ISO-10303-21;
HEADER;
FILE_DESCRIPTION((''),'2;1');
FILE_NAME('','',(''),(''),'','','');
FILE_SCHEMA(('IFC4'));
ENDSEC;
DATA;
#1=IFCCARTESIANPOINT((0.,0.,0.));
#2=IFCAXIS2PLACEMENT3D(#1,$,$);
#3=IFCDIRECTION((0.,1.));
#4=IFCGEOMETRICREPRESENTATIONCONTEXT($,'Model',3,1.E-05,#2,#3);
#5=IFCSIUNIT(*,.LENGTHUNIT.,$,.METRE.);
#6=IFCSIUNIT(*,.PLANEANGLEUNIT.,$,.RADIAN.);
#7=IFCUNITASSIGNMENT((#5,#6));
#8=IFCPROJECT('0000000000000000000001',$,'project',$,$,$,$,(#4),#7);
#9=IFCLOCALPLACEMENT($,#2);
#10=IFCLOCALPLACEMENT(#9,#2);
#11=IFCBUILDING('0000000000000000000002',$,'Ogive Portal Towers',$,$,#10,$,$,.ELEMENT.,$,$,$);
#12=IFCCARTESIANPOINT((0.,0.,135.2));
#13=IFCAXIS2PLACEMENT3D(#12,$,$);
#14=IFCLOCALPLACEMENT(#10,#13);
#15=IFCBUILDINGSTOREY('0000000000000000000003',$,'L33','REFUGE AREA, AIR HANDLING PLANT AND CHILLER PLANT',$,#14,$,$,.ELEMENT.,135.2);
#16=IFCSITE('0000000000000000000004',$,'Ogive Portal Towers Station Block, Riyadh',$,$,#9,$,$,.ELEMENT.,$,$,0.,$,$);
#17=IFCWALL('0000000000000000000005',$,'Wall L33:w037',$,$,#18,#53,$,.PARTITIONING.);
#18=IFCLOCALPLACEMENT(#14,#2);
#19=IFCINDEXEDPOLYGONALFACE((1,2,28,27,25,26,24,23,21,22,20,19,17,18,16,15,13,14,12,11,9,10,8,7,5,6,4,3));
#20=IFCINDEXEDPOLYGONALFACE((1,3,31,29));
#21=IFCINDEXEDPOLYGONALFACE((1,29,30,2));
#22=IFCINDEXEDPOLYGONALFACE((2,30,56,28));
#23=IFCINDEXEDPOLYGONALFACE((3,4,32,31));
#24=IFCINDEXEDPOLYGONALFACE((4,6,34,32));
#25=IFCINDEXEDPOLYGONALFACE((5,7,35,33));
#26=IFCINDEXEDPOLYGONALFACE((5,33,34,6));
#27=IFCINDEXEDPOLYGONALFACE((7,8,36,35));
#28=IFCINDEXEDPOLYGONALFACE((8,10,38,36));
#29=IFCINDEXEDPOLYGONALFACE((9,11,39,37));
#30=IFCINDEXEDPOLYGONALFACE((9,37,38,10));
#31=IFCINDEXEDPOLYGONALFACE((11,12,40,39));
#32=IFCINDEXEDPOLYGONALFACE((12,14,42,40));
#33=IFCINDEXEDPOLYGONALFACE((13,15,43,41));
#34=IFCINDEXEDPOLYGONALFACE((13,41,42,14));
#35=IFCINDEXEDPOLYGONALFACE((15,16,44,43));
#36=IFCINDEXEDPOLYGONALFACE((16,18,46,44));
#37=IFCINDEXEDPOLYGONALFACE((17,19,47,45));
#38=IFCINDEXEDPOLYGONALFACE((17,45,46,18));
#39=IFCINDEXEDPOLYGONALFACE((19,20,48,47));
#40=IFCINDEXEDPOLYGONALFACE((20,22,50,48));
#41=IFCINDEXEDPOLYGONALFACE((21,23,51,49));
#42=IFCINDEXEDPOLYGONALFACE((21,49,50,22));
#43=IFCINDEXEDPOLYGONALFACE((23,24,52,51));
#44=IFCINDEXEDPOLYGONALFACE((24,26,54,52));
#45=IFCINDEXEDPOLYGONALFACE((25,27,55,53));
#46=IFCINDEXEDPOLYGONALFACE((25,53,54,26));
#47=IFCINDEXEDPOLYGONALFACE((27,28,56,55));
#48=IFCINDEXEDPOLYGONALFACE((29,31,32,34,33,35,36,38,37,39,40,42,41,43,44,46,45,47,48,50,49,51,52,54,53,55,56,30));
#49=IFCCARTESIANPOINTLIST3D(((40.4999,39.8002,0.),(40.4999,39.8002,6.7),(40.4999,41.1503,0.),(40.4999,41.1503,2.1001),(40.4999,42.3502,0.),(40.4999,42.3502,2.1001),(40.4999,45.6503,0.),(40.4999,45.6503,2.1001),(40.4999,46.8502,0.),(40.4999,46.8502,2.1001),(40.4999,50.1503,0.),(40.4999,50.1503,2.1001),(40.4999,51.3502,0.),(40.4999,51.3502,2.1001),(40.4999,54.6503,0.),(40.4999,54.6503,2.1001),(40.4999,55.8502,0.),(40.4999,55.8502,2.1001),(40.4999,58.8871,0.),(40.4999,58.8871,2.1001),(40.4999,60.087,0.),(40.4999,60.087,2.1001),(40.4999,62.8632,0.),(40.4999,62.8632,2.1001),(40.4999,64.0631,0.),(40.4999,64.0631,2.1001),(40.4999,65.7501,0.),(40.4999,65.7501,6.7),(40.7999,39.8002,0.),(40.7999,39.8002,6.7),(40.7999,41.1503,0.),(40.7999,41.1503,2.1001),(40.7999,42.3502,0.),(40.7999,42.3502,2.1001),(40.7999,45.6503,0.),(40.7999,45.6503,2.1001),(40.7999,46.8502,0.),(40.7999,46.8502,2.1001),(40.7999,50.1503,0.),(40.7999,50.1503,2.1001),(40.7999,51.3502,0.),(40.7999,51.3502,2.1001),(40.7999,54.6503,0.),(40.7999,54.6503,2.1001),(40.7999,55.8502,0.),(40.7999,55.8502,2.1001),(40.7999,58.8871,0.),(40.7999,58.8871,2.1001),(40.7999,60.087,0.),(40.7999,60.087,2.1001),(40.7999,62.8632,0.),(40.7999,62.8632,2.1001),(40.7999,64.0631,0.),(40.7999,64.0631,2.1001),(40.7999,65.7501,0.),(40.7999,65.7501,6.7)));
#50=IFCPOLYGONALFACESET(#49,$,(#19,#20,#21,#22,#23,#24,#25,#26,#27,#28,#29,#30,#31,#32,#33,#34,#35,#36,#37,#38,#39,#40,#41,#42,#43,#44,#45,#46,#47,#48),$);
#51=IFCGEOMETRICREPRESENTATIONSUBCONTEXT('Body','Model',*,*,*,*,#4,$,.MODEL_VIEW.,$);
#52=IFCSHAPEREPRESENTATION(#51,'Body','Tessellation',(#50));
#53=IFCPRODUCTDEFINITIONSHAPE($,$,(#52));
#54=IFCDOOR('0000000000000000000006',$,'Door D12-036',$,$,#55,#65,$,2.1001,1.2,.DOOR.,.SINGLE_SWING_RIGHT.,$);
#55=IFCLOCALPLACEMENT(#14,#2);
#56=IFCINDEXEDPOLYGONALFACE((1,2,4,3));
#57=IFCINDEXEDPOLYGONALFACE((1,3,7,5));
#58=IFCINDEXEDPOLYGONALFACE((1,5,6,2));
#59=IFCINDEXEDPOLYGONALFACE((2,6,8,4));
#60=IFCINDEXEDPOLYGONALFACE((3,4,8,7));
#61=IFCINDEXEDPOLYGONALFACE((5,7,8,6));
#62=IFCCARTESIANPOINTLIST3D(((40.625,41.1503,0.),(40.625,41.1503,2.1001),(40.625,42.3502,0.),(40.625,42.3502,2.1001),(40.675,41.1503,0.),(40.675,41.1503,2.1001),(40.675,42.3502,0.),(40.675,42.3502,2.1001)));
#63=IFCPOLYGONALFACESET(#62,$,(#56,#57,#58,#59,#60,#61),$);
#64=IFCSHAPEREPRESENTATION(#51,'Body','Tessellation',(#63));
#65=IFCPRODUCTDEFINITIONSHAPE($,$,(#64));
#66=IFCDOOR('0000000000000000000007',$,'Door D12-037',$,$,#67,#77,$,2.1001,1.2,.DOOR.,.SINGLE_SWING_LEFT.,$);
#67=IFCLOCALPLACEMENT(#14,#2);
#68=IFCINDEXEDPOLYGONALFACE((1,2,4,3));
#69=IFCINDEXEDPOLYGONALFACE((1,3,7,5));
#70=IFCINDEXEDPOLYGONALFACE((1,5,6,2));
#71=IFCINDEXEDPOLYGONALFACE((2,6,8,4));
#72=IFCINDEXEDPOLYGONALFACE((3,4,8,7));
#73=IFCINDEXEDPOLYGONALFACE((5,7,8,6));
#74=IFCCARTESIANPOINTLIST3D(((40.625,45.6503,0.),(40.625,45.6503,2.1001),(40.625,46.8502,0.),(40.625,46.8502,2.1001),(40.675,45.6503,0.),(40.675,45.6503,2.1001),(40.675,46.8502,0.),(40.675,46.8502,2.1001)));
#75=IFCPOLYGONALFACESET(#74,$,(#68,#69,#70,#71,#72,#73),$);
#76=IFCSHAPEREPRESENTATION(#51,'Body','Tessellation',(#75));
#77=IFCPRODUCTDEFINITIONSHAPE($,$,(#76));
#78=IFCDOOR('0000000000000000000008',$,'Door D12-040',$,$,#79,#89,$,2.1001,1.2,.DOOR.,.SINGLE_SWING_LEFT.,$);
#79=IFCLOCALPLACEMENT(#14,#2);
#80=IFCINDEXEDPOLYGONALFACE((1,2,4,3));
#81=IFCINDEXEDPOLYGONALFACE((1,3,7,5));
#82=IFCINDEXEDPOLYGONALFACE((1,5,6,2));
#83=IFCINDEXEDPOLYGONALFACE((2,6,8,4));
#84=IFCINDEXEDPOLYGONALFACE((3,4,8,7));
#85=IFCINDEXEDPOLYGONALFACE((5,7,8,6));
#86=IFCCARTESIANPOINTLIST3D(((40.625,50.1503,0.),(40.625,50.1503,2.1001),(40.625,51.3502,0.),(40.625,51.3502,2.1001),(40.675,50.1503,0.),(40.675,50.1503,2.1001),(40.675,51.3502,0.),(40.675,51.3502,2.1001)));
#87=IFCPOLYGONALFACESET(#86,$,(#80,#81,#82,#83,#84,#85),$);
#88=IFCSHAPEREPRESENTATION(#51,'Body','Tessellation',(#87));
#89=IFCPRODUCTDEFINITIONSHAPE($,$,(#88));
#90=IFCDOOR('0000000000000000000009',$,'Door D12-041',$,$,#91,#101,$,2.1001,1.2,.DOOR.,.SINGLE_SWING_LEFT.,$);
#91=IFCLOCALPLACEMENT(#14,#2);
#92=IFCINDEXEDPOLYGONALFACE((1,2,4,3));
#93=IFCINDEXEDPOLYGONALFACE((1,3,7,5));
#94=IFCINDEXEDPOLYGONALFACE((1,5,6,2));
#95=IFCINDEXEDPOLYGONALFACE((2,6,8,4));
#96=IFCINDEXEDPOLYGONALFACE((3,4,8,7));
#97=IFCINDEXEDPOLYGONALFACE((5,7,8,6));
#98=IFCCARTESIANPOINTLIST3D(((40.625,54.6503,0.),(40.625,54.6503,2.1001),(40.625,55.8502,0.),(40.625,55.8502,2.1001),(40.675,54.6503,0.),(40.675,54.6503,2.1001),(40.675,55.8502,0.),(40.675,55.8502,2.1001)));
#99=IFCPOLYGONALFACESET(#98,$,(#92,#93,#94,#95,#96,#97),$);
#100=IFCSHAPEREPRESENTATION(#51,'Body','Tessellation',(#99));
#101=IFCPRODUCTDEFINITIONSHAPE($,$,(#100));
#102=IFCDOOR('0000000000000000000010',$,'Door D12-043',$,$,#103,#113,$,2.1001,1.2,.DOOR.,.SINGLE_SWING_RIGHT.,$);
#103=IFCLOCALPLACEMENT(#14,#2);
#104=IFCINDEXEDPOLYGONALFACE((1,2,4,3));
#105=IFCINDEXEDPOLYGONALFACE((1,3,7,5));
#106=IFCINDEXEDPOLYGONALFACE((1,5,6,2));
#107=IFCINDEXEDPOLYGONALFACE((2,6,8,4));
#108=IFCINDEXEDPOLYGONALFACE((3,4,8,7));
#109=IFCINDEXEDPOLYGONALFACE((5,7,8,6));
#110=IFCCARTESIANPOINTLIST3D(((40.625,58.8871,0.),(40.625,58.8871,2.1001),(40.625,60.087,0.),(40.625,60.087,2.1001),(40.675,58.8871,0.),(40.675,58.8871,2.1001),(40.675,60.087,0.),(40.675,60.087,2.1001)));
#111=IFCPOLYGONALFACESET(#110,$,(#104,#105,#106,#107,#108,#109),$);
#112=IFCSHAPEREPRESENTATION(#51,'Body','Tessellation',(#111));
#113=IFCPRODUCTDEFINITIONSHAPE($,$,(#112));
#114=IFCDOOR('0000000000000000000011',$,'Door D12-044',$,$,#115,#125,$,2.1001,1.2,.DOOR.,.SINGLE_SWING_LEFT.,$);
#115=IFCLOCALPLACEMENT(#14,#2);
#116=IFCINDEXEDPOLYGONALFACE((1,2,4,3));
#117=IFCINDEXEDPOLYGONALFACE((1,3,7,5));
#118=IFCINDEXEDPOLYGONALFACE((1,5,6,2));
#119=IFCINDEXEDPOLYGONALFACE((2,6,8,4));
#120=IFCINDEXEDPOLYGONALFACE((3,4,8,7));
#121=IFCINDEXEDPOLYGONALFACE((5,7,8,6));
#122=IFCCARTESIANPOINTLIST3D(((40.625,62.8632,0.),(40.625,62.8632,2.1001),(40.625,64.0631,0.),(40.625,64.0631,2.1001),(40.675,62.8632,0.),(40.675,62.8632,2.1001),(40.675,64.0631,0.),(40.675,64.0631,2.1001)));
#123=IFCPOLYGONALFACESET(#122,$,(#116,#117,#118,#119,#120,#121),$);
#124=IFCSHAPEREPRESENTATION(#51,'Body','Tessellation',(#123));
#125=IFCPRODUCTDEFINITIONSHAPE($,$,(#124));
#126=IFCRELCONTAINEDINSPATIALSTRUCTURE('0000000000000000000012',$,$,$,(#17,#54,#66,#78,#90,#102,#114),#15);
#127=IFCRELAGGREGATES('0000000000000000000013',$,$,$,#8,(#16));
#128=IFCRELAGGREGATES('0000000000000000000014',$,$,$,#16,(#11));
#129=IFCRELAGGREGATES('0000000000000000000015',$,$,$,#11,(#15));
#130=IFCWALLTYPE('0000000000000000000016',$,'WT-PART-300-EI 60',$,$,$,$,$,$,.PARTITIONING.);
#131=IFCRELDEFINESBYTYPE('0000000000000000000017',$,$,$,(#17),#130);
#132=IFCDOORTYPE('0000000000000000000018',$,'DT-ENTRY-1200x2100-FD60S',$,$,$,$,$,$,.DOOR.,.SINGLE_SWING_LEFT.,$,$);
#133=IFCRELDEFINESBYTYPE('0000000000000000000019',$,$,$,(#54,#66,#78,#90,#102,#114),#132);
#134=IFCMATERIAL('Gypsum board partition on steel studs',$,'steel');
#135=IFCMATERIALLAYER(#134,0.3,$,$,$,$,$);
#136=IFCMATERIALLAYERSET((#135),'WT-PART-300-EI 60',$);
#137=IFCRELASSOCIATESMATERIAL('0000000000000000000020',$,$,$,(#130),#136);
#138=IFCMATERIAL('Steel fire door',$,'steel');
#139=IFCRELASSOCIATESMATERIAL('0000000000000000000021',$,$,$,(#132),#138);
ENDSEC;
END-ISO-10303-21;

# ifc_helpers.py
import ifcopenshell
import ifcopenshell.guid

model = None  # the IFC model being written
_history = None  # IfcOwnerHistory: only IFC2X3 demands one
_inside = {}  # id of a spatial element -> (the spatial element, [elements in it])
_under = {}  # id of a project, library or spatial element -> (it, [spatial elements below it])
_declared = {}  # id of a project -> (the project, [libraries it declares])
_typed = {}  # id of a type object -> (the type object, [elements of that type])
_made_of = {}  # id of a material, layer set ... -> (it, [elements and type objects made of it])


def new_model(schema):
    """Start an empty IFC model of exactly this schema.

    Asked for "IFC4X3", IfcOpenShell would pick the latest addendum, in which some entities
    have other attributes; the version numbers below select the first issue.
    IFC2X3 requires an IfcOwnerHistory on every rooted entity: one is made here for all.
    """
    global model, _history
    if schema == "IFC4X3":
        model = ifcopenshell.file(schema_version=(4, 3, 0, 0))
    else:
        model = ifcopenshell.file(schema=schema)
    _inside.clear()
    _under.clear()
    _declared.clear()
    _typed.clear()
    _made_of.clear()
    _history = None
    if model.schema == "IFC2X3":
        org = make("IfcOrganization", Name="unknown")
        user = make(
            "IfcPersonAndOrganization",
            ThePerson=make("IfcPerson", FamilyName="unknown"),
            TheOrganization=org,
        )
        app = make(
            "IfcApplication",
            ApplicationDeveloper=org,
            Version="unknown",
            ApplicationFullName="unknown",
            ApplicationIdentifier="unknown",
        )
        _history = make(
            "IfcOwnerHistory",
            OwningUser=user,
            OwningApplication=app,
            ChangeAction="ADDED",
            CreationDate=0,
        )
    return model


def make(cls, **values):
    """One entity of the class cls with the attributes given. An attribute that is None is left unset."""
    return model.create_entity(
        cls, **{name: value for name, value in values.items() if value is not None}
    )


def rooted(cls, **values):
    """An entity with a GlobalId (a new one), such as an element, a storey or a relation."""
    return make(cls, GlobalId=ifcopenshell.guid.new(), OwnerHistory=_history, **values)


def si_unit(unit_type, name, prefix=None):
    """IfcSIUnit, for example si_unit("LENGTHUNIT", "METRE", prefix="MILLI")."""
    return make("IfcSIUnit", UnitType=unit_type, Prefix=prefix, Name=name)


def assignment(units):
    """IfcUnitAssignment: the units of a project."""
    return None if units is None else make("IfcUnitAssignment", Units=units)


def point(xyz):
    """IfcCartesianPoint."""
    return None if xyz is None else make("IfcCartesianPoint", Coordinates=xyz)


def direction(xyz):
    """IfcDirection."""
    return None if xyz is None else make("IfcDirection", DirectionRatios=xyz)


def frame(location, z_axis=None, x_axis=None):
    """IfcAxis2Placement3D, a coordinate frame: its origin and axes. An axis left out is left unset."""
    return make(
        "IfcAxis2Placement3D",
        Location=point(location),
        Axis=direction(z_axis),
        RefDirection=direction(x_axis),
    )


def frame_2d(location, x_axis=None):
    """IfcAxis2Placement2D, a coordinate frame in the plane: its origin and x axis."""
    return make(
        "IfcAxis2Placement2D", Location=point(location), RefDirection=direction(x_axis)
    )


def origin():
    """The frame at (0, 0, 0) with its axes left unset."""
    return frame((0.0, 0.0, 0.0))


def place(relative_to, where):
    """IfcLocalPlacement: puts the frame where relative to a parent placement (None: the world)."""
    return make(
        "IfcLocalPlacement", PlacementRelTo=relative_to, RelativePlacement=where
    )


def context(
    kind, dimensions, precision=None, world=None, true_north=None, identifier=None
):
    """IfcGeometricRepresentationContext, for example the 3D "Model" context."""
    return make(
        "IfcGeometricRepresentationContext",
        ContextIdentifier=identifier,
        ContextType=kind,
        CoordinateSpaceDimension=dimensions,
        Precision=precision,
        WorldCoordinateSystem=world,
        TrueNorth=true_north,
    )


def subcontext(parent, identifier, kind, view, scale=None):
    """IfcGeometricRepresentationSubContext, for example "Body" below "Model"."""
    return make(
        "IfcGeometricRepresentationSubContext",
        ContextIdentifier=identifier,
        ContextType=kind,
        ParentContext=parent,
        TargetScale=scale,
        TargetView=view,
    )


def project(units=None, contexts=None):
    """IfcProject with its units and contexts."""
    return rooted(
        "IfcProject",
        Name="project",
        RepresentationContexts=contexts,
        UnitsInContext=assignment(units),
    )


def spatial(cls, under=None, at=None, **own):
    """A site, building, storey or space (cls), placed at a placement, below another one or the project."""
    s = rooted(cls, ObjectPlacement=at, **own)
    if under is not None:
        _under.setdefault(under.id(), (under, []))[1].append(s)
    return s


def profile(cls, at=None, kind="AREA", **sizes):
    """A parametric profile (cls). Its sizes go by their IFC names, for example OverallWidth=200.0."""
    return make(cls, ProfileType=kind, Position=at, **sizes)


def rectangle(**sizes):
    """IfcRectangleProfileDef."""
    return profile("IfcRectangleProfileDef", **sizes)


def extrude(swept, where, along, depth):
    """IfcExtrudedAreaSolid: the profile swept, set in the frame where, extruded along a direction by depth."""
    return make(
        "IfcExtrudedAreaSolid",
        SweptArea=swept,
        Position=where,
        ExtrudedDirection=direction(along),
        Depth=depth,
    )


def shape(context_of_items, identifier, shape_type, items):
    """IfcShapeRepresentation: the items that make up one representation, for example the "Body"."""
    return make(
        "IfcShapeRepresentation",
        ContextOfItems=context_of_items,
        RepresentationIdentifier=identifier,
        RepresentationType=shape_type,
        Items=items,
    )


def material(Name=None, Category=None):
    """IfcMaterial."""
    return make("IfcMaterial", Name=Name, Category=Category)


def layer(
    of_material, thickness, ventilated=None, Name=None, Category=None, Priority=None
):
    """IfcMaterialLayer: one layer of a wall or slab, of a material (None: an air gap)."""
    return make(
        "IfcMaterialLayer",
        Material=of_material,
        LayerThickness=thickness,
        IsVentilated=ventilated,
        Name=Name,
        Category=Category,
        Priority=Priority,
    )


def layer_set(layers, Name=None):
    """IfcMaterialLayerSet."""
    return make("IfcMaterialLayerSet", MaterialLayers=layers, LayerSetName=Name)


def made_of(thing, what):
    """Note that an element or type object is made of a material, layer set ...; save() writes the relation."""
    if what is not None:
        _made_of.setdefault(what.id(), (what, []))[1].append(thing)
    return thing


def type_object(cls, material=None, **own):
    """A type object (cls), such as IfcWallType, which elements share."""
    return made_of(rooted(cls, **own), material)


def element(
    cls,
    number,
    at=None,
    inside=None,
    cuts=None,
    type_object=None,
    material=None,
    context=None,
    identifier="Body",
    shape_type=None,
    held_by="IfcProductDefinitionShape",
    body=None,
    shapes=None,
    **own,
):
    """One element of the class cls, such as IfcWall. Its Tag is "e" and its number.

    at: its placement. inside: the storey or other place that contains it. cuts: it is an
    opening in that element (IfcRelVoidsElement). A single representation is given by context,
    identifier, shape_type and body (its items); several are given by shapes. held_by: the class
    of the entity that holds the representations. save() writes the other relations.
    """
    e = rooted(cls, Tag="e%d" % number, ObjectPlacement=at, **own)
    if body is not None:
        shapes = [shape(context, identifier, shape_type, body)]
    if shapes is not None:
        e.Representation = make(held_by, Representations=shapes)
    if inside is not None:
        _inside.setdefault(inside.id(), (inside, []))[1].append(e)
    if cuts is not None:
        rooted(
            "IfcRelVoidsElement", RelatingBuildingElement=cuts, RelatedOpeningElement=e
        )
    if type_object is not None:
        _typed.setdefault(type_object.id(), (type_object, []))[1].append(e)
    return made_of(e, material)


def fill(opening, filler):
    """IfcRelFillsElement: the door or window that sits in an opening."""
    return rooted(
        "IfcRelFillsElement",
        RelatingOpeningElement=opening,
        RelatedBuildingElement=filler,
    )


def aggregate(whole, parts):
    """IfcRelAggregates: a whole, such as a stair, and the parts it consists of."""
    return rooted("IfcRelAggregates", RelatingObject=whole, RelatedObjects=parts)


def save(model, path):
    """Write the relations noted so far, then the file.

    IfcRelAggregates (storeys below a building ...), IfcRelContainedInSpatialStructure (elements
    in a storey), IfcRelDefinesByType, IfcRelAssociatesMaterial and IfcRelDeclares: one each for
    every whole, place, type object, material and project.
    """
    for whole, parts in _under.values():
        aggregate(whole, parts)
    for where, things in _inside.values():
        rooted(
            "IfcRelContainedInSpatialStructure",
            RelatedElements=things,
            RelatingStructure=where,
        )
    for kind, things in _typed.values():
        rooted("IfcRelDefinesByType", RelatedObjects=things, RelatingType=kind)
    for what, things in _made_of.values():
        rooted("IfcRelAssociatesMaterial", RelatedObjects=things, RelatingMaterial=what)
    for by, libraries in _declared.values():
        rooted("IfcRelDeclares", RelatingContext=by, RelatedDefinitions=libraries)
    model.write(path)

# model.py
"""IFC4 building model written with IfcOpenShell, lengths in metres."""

from ifc_helpers import new_model, si_unit, direction, frame, frame_2d, origin, place, context, subcontext, project, spatial, rectangle, extrude, material, layer, layer_set, type_object, element, fill, save


model = new_model("IFC4")

# Units and contexts
model_context = context("Model", 3, precision=1e-05, world=origin(), true_north=direction((0.0, 1.0)))
body_context = subcontext(model_context, "Body", "Model", "MODEL_VIEW")
ifc_project = project(units=[si_unit("LENGTHUNIT", "METRE"), si_unit("PLANEANGLEUNIT", "RADIAN")], contexts=[model_context])

# Site, building, storey
site_placement = place(None, origin())
site = spatial("IfcSite", under=ifc_project, at=site_placement, Name="Ogive Portal Towers Station Block, Riyadh", CompositionType="ELEMENT", RefElevation=0.0)
building_placement = place(site_placement, origin())
building = spatial("IfcBuilding", under=site, at=building_placement, Name="Ogive Portal Towers", CompositionType="ELEMENT")
storey_placement = place(building_placement, frame((0.0, 0.0, 135.2)))
storey = spatial("IfcBuildingStorey", under=building, at=storey_placement, Name="L33", Description="REFUGE AREA, AIR HANDLING PLANT AND CHILLER PLANT", CompositionType="ELEMENT", Elevation=135.2)

# Wall, openings, doors
ifc_material_1 = material(Name="Gypsum board partition on steel studs", Category="steel")
ifc_layer_1 = layer(ifc_material_1, 0.3)
ifc_layer_set_1 = layer_set([ifc_layer_1], Name="WT-PART-300-EI 60")
wall_type_1 = type_object("IfcWallType", Name="WT-PART-300-EI 60", PredefinedType="PARTITIONING", material=ifc_layer_set_1)
wall_1_placement = place(storey_placement, frame((40.6499, 39.8, 0.0), z_axis=(0.0, 0.0, 1.0), x_axis=(0.0, 1.0, 0.0)))
wall_1 = element("IfcWall", 1, at=wall_1_placement, inside=storey, type_object=wall_type_1, Name="Wall L33:w037", PredefinedType="PARTITIONING", context=body_context, shape_type="SweptSolid", body=[
    extrude(rectangle(XDim=25.95, YDim=0.3, at=frame_2d((12.9751, 0.0))), origin(), (0.0, 0.0, 1.0), 6.7),
])
opening_1_placement = place(wall_1_placement, frame((1.3501, 0.0, 0.0)))
opening_1 = element("IfcOpeningElement", 2, at=opening_1_placement, cuts=wall_1, PredefinedType="OPENING", context=body_context, shape_type="SweptSolid", body=[
    extrude(rectangle(XDim=1.2, YDim=2.1001, at=frame_2d((0.6001, 1.05))), frame((0.0, 0.1602, 0.0), z_axis=(0.0, -1.0, 0.0), x_axis=(1.0, 0.0, 0.0)), (0.0, 0.0, 1.0), 0.3201),
])
opening_2_placement = place(wall_1_placement, frame((5.8501, 0.0, 0.0)))
opening_2 = element("IfcOpeningElement", 3, at=opening_2_placement, cuts=wall_1, PredefinedType="OPENING", context=body_context, shape_type="SweptSolid", body=[
    extrude(rectangle(XDim=1.2, YDim=2.1001, at=frame_2d((0.6001, 1.05))), frame((0.0, 0.1602, 0.0), z_axis=(0.0, -1.0, 0.0), x_axis=(1.0, 0.0, 0.0)), (0.0, 0.0, 1.0), 0.3201),
])
opening_3_placement = place(wall_1_placement, frame((10.3501, 0.0, 0.0)))
opening_3 = element("IfcOpeningElement", 4, at=opening_3_placement, cuts=wall_1, PredefinedType="OPENING", context=body_context, shape_type="SweptSolid", body=[
    extrude(rectangle(XDim=1.2, YDim=2.1001, at=frame_2d((0.6001, 1.05))), frame((0.0, 0.1602, 0.0), z_axis=(0.0, -1.0, 0.0), x_axis=(1.0, 0.0, 0.0)), (0.0, 0.0, 1.0), 0.3201),
])
opening_4_placement = place(wall_1_placement, frame((14.8501, 0.0, 0.0)))
opening_4 = element("IfcOpeningElement", 5, at=opening_4_placement, cuts=wall_1, PredefinedType="OPENING", context=body_context, shape_type="SweptSolid", body=[
    extrude(rectangle(XDim=1.2, YDim=2.1001, at=frame_2d((0.6001, 1.05))), frame((0.0, 0.1602, 0.0), z_axis=(0.0, -1.0, 0.0), x_axis=(1.0, 0.0, 0.0)), (0.0, 0.0, 1.0), 0.3201),
])
opening_5_placement = place(wall_1_placement, frame((19.0869, 0.0, 0.0)))
opening_5 = element("IfcOpeningElement", 6, at=opening_5_placement, cuts=wall_1, PredefinedType="OPENING", context=body_context, shape_type="SweptSolid", body=[
    extrude(rectangle(XDim=1.2, YDim=2.1001, at=frame_2d((0.6001, 1.05))), frame((0.0, 0.1602, 0.0), z_axis=(0.0, -1.0, 0.0), x_axis=(1.0, 0.0, 0.0)), (0.0, 0.0, 1.0), 0.3201),
])
opening_6_placement = place(wall_1_placement, frame((23.063, 0.0, 0.0)))
opening_6 = element("IfcOpeningElement", 7, at=opening_6_placement, cuts=wall_1, PredefinedType="OPENING", context=body_context, shape_type="SweptSolid", body=[
    extrude(rectangle(XDim=1.2, YDim=2.1001, at=frame_2d((0.6001, 1.05))), frame((0.0, 0.1602, 0.0), z_axis=(0.0, -1.0, 0.0), x_axis=(1.0, 0.0, 0.0)), (0.0, 0.0, 1.0), 0.3201),
])
ifc_material_2 = material(Name="Steel fire door", Category="steel")
door_type_1 = type_object("IfcDoorType", Name="DT-ENTRY-1200x2100-FD60S", OperationType="SINGLE_SWING_LEFT", PredefinedType="DOOR", material=ifc_material_2)
door_1_placement = place(opening_1_placement, origin())
door_1 = element("IfcDoor", 8, at=door_1_placement, inside=storey, type_object=door_type_1, Name="Door D12-036", OperationType="SINGLE_SWING_RIGHT", OverallHeight=2.1001, OverallWidth=1.2, PredefinedType="DOOR", context=body_context, shape_type="SweptSolid", body=[
    extrude(rectangle(XDim=1.2, YDim=2.1001, at=frame_2d((0.6001, 1.05))), frame((0.0, 0.0249, 0.0), z_axis=(0.0, -1.0, 0.0), x_axis=(1.0, 0.0, 0.0)), (0.0, 0.0, 1.0), 0.05),
])
fill(opening_1, door_1)
door_2_placement = place(opening_2_placement, origin())
door_2 = element("IfcDoor", 9, at=door_2_placement, inside=storey, type_object=door_type_1, Name="Door D12-037", OperationType="SINGLE_SWING_LEFT", OverallHeight=2.1001, OverallWidth=1.2, PredefinedType="DOOR", context=body_context, shape_type="SweptSolid", body=[
    extrude(rectangle(XDim=1.2, YDim=2.1001, at=frame_2d((0.6001, 1.05))), frame((0.0, 0.0249, 0.0), z_axis=(0.0, -1.0, 0.0), x_axis=(1.0, 0.0, 0.0)), (0.0, 0.0, 1.0), 0.05),
])
fill(opening_2, door_2)
door_3_placement = place(opening_3_placement, origin())
door_3 = element("IfcDoor", 10, at=door_3_placement, inside=storey, type_object=door_type_1, Name="Door D12-040", OperationType="SINGLE_SWING_LEFT", OverallHeight=2.1001, OverallWidth=1.2, PredefinedType="DOOR", context=body_context, shape_type="SweptSolid", body=[
    extrude(rectangle(XDim=1.2, YDim=2.1001, at=frame_2d((0.6001, 1.05))), frame((0.0, 0.0249, 0.0), z_axis=(0.0, -1.0, 0.0), x_axis=(1.0, 0.0, 0.0)), (0.0, 0.0, 1.0), 0.05),
])
fill(opening_3, door_3)
door_4_placement = place(opening_4_placement, origin())
door_4 = element("IfcDoor", 11, at=door_4_placement, inside=storey, type_object=door_type_1, Name="Door D12-041", OperationType="SINGLE_SWING_LEFT", OverallHeight=2.1001, OverallWidth=1.2, PredefinedType="DOOR", context=body_context, shape_type="SweptSolid", body=[
    extrude(rectangle(XDim=1.2, YDim=2.1001, at=frame_2d((0.6001, 1.05))), frame((0.0, 0.0249, 0.0), z_axis=(0.0, -1.0, 0.0), x_axis=(1.0, 0.0, 0.0)), (0.0, 0.0, 1.0), 0.05),
])
fill(opening_4, door_4)
door_5_placement = place(opening_5_placement, origin())
door_5 = element("IfcDoor", 12, at=door_5_placement, inside=storey, type_object=door_type_1, Name="Door D12-043", OperationType="SINGLE_SWING_RIGHT", OverallHeight=2.1001, OverallWidth=1.2, PredefinedType="DOOR", context=body_context, shape_type="SweptSolid", body=[
    extrude(rectangle(XDim=1.2, YDim=2.1001, at=frame_2d((0.6001, 1.05))), frame((0.0, 0.0249, 0.0), z_axis=(0.0, -1.0, 0.0), x_axis=(1.0, 0.0, 0.0)), (0.0, 0.0, 1.0), 0.05),
])
fill(opening_5, door_5)
door_6_placement = place(opening_6_placement, origin())
door_6 = element("IfcDoor", 13, at=door_6_placement, inside=storey, type_object=door_type_1, Name="Door D12-044", OperationType="SINGLE_SWING_LEFT", OverallHeight=2.1001, OverallWidth=1.2, PredefinedType="DOOR", context=body_context, shape_type="SweptSolid", body=[
    extrude(rectangle(XDim=1.2, YDim=2.1001, at=frame_2d((0.6001, 1.05))), frame((0.0, 0.0249, 0.0), z_axis=(0.0, -1.0, 0.0), x_axis=(1.0, 0.0, 0.0)), (0.0, 0.0, 1.0), 0.05),
])
fill(opening_6, door_6)

save(model, "model.ifc")
